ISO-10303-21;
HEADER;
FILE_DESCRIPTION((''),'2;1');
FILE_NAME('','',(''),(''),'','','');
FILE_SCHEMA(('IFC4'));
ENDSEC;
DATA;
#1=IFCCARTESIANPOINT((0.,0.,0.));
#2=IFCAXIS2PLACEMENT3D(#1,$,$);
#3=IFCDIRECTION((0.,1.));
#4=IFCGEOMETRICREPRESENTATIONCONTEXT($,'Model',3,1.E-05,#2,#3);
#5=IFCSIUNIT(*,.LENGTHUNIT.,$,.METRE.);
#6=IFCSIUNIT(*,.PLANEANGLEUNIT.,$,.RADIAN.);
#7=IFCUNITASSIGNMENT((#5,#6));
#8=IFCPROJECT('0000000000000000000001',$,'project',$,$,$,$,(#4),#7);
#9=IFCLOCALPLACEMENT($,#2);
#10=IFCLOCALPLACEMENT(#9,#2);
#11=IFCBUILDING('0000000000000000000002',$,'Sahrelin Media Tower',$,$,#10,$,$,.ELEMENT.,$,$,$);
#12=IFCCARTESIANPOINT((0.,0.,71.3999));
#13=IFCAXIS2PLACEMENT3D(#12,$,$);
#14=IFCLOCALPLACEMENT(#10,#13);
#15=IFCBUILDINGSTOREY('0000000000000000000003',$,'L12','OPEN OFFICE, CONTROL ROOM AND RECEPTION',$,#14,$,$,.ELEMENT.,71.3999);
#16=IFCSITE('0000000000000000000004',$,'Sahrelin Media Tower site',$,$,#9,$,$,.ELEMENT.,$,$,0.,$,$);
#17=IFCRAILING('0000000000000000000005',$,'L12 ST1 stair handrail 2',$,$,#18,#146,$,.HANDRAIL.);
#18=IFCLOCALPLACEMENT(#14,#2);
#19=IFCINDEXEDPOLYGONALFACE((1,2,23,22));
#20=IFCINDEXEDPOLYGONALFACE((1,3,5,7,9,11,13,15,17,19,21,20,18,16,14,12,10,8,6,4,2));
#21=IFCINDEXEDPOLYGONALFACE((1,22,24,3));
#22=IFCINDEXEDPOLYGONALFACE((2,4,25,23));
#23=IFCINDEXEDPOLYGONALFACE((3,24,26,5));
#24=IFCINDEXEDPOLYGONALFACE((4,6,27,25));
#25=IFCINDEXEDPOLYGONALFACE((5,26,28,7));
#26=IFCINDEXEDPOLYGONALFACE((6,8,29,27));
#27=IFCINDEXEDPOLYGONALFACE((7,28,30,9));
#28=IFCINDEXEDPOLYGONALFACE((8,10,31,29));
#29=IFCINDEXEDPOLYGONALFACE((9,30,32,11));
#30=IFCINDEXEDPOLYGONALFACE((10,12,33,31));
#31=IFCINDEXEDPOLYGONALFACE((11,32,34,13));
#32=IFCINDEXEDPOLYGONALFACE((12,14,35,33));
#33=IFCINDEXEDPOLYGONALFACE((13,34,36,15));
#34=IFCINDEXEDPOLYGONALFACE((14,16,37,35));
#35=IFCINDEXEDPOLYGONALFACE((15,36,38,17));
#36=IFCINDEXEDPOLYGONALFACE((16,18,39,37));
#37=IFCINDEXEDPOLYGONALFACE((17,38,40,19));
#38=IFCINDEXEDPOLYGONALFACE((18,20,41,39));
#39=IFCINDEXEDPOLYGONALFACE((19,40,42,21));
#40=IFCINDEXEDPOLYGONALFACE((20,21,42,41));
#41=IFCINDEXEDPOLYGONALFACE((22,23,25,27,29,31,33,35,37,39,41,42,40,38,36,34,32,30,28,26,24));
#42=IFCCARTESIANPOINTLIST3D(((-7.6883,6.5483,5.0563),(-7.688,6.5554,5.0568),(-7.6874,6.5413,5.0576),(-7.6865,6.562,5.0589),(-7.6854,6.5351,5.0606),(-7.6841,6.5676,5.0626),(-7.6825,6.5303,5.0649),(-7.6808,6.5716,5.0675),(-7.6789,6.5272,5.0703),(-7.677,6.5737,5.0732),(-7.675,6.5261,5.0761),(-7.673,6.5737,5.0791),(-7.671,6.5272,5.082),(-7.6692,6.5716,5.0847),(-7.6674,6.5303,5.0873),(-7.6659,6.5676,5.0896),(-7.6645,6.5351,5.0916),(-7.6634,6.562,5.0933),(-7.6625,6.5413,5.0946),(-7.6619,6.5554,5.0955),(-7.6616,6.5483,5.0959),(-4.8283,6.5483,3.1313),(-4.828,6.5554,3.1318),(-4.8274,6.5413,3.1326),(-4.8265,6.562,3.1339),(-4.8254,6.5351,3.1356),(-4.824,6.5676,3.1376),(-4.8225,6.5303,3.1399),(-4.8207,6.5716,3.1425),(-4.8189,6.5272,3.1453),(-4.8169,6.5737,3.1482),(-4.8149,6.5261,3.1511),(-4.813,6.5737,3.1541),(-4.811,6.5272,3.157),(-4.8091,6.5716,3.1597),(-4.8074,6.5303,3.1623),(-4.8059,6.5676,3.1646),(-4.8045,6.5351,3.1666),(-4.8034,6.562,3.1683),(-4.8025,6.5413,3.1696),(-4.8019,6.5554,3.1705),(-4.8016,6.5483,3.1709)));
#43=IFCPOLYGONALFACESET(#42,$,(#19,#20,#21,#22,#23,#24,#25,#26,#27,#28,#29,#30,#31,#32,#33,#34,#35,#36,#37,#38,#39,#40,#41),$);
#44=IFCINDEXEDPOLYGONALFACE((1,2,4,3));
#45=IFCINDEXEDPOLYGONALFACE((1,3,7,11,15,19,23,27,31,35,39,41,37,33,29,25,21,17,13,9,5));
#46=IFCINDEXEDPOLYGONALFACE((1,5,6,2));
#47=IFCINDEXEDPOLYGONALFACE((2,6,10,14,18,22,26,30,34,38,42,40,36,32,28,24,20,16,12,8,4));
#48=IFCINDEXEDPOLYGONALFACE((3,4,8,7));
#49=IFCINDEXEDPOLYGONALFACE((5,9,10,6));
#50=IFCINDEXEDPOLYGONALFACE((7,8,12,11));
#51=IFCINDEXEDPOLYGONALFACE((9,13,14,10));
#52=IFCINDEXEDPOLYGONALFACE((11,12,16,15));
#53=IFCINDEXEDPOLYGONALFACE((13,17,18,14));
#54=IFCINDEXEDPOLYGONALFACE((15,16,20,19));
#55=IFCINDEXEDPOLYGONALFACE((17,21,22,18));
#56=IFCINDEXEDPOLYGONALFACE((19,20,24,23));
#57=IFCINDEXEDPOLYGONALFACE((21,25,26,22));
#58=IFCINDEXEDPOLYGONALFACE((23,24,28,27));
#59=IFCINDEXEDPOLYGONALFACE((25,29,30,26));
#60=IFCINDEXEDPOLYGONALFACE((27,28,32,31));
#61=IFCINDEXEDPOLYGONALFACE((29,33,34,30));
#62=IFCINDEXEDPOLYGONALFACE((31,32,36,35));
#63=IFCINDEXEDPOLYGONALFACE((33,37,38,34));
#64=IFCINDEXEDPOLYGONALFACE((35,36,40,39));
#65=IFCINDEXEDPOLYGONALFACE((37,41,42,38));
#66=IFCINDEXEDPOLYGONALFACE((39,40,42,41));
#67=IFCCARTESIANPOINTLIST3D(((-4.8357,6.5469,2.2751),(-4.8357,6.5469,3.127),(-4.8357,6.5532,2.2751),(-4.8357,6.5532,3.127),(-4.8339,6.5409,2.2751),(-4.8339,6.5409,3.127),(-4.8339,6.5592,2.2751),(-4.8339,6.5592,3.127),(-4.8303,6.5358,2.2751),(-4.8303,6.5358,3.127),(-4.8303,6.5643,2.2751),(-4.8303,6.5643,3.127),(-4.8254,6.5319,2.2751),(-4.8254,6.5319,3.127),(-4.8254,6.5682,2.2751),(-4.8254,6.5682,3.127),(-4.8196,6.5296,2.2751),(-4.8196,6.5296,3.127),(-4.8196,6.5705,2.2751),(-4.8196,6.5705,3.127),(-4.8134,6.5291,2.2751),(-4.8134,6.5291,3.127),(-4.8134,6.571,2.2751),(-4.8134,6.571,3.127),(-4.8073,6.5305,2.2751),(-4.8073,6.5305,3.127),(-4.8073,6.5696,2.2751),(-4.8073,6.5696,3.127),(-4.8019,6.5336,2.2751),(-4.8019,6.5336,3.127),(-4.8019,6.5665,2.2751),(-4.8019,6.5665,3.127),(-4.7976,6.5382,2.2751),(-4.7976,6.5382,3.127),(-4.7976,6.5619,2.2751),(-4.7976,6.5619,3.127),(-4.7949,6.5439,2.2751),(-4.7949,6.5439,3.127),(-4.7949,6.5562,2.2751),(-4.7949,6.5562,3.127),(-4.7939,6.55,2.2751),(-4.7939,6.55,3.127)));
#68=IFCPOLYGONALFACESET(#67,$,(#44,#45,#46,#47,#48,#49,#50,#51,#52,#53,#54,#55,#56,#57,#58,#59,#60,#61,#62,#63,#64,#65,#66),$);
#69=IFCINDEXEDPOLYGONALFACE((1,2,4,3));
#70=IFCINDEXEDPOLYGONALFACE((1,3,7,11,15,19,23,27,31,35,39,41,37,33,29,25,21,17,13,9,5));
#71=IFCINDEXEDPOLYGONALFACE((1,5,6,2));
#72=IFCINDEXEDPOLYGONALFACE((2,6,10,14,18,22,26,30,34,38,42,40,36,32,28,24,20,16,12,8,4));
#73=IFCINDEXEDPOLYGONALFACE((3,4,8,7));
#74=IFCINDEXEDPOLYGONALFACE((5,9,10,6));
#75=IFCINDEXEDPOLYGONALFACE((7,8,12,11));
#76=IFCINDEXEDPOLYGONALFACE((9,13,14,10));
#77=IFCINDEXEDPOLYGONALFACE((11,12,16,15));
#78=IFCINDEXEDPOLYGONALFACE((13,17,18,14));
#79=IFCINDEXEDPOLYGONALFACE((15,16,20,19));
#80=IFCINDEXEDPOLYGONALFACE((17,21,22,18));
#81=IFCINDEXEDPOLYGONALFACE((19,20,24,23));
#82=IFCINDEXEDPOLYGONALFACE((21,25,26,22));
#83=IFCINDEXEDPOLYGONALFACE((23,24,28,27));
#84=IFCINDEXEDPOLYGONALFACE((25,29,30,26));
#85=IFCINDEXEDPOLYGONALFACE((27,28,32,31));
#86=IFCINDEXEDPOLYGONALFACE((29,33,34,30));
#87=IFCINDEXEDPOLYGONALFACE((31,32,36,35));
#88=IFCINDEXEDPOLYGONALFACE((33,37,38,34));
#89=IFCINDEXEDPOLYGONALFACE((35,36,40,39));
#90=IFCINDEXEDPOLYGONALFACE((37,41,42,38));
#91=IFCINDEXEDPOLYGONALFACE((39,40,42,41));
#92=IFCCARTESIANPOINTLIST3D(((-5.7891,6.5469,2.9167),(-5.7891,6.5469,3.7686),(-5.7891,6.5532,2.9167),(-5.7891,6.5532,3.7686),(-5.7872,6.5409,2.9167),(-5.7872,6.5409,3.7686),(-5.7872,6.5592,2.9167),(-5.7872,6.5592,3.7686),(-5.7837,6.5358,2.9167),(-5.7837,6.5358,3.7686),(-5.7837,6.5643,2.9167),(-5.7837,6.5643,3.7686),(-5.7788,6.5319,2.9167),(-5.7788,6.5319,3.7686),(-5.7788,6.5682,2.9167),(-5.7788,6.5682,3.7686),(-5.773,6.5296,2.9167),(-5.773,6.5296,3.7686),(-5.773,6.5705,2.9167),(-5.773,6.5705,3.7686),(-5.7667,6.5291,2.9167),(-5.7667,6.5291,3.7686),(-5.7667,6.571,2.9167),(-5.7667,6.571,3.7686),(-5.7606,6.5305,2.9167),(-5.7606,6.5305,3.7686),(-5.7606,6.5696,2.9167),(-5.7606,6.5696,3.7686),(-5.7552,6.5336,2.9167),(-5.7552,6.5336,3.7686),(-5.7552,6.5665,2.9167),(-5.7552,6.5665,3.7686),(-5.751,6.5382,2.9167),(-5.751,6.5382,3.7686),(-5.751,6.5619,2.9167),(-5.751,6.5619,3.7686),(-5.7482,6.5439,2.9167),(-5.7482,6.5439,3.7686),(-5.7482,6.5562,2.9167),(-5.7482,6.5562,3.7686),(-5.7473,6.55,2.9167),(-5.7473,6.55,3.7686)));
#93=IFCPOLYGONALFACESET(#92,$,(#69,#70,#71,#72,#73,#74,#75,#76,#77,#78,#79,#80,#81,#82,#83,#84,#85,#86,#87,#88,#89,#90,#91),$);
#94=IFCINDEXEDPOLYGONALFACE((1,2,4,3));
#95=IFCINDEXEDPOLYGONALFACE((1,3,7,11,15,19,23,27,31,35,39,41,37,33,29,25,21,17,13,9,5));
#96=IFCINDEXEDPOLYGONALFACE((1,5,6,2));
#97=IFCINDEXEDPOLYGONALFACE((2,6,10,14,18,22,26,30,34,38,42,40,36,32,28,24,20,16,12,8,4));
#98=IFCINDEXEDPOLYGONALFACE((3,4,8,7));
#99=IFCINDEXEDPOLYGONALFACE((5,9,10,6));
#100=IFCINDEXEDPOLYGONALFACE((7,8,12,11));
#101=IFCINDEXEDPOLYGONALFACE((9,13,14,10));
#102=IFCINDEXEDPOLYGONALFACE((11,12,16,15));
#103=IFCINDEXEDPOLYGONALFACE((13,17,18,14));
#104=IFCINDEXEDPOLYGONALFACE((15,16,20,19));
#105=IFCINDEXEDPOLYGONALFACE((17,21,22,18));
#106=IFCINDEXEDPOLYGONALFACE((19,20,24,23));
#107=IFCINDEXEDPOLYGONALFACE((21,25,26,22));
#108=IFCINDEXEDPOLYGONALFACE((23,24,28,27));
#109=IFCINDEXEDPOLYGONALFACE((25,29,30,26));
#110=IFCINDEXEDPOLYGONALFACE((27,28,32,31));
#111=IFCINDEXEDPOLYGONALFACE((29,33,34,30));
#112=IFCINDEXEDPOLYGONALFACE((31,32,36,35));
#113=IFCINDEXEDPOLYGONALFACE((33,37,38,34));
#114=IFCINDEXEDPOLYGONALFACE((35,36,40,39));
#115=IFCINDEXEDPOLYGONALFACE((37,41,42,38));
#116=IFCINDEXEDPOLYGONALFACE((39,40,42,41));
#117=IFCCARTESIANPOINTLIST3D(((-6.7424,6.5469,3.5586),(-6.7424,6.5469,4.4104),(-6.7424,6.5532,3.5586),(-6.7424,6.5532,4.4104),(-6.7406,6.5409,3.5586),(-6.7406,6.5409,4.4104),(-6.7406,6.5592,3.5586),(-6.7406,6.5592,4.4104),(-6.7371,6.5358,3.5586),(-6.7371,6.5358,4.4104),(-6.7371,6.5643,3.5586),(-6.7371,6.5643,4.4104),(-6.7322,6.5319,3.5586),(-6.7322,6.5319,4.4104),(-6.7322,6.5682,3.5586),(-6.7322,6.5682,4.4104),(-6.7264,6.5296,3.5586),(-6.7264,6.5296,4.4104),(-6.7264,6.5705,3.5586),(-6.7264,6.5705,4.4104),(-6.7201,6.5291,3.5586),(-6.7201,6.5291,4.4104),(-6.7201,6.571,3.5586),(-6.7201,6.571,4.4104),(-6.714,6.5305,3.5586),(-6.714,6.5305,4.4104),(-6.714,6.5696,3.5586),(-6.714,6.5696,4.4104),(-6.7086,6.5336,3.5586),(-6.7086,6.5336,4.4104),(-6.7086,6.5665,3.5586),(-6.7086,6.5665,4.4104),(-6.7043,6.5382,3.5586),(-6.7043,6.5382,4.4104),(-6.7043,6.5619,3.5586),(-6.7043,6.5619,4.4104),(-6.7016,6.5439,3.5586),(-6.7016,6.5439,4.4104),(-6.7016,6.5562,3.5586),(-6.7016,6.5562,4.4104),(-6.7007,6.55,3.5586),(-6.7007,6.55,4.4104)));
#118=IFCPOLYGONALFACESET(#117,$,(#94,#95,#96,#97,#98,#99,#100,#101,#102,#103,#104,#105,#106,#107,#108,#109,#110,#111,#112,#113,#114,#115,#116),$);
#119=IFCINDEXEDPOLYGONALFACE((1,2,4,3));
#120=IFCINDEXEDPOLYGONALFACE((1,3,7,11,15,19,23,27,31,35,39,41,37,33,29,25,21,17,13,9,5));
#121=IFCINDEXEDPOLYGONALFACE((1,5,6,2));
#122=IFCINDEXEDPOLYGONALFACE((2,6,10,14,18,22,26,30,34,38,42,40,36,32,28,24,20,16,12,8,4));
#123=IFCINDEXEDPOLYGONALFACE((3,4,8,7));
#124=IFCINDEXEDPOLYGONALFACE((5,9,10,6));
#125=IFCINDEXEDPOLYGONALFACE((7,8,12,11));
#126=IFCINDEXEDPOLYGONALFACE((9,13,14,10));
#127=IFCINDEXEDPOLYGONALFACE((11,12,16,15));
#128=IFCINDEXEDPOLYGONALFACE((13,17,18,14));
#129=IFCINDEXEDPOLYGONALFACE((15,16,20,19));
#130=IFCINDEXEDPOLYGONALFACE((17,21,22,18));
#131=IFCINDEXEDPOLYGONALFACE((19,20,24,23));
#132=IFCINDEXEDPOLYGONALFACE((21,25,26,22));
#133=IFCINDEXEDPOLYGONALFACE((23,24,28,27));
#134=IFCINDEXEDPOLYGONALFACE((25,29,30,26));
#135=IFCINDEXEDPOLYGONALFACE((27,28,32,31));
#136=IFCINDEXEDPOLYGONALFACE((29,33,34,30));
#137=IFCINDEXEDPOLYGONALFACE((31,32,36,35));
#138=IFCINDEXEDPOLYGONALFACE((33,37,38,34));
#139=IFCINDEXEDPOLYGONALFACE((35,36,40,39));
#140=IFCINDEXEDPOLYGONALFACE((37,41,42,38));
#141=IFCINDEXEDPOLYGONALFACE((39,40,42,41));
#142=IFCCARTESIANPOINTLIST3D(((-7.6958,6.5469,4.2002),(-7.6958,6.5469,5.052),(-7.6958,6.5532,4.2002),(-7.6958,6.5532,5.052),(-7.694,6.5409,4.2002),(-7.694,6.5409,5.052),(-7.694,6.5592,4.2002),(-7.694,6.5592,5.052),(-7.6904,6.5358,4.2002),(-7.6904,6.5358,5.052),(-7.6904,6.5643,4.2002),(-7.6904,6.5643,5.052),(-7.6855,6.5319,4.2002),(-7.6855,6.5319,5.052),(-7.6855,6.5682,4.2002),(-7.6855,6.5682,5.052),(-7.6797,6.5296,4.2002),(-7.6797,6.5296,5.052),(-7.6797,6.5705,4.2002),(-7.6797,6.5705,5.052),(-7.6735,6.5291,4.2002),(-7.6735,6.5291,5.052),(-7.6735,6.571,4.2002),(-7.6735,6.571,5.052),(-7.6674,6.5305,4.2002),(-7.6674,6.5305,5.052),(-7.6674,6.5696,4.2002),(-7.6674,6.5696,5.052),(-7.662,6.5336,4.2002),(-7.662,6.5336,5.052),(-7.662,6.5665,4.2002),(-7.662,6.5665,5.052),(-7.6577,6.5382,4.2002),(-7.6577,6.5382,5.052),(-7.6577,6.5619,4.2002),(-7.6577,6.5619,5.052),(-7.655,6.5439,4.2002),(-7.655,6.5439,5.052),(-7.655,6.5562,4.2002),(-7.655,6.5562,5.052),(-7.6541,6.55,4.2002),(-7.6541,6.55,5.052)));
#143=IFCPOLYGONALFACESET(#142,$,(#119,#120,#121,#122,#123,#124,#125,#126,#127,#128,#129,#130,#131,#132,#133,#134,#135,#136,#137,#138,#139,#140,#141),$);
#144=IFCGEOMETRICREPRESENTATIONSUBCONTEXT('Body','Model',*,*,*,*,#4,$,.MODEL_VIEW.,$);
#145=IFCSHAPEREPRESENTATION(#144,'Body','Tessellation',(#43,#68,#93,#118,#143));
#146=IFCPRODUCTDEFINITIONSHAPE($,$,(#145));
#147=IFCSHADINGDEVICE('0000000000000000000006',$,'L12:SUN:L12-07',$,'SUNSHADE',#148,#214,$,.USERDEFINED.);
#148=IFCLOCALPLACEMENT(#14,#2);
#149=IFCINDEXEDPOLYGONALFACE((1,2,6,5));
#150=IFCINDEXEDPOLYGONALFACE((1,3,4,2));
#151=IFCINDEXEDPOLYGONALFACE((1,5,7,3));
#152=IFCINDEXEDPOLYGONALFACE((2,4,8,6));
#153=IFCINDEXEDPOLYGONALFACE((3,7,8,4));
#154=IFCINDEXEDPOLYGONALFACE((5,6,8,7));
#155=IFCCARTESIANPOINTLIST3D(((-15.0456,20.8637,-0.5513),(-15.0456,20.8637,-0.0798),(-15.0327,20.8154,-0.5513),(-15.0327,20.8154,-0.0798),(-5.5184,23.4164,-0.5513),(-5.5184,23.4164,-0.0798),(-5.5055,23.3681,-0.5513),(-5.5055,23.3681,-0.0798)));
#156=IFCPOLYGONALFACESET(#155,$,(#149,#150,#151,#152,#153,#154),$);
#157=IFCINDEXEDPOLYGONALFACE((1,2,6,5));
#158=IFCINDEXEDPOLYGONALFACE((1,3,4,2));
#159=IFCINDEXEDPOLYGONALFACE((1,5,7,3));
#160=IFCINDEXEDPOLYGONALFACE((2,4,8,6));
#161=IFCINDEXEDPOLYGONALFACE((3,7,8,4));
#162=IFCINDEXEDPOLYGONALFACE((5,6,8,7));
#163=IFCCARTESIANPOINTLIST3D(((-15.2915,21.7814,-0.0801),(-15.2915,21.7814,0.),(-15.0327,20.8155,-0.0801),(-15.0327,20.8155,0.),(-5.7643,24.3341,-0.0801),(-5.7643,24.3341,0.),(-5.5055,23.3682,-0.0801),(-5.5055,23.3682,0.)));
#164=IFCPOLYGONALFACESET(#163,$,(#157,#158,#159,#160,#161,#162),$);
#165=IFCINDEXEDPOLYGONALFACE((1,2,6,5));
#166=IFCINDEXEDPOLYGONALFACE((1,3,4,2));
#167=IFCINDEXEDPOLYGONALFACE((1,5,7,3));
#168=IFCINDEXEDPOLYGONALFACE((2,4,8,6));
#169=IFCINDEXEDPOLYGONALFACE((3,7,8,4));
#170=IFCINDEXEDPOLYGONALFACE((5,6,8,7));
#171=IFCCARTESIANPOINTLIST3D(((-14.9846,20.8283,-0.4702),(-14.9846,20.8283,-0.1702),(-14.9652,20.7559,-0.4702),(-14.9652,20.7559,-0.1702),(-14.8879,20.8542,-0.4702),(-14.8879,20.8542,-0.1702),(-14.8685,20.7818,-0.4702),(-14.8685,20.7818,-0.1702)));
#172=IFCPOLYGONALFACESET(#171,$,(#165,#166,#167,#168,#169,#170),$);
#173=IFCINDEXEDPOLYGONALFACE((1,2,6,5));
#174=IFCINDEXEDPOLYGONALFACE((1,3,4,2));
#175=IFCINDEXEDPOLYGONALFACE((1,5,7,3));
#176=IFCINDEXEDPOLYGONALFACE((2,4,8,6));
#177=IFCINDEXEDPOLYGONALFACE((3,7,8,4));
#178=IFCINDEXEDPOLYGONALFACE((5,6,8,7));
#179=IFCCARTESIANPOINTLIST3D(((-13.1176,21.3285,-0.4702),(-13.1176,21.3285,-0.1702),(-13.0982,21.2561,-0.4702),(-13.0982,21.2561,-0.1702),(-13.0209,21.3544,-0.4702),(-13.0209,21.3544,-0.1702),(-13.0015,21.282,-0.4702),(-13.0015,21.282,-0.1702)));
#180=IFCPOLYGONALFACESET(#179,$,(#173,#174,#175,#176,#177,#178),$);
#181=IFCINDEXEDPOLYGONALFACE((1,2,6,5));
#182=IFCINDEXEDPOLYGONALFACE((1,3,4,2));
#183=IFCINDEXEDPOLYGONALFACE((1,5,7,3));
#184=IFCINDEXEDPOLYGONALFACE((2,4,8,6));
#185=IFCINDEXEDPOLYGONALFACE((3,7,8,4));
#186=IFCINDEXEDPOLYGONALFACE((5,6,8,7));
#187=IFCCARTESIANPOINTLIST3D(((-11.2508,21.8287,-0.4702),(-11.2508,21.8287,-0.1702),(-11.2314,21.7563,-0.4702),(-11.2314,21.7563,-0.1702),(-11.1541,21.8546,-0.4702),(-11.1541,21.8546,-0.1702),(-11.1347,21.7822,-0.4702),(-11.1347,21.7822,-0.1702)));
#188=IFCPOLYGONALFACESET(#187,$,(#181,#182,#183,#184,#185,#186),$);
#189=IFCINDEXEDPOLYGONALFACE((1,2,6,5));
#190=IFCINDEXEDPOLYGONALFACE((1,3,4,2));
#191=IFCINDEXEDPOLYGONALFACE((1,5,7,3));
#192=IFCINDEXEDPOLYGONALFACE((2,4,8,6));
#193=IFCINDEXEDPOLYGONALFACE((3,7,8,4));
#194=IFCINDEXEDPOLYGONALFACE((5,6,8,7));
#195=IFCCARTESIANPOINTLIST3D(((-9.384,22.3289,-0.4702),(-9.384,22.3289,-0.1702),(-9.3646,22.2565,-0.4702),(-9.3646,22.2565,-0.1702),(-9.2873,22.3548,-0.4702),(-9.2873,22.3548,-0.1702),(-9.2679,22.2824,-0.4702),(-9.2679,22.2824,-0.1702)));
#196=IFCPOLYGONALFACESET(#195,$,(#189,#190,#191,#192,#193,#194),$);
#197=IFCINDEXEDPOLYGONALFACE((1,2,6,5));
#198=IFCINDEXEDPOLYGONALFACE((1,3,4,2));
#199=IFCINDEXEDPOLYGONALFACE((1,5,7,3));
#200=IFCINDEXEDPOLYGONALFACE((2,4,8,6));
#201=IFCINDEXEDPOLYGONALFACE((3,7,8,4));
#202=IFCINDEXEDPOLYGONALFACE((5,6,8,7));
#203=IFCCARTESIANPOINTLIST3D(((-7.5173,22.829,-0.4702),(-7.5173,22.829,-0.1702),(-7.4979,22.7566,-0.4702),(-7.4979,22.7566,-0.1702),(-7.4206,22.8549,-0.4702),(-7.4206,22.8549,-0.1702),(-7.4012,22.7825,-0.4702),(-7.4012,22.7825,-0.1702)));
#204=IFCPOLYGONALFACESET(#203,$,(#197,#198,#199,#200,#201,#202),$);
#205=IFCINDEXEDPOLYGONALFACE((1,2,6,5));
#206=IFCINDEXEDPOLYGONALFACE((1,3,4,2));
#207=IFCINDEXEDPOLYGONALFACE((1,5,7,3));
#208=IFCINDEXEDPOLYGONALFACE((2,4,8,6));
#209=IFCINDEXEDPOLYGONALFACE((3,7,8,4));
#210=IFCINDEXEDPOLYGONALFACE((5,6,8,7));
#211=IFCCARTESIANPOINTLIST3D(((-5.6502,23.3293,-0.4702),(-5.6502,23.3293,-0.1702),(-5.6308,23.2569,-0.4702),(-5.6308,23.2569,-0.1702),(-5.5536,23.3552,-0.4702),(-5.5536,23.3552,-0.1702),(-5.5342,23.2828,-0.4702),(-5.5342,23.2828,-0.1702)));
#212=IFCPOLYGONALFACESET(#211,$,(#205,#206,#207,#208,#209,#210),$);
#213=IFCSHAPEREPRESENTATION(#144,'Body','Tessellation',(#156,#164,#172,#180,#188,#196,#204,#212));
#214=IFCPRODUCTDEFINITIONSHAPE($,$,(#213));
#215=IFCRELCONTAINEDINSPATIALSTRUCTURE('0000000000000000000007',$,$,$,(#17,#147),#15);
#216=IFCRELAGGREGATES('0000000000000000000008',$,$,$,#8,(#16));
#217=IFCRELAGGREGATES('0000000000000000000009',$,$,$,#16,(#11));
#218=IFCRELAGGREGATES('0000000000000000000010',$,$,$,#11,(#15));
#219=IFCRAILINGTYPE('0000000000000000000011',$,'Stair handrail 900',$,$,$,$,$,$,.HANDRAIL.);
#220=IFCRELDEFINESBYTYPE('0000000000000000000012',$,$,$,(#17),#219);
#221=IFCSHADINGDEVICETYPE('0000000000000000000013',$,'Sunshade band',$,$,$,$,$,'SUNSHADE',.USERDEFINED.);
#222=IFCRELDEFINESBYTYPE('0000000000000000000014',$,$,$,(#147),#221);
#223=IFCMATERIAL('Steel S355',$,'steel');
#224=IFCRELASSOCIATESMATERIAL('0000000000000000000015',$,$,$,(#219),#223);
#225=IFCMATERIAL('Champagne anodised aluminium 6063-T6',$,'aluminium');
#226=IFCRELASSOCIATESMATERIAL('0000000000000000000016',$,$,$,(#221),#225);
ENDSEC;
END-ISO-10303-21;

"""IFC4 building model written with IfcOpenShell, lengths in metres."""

from ifc_helpers import new_model, si_unit, direction, frame, origin, origin_2d, place, context, subcontext, project, spatial, rectangle, circle, extrude, material, type_object, element, save


model = new_model("IFC4")

# Units and contexts
model_context = context("Model", 3, precision=1e-05, world=origin(), true_north=direction((0.0, 1.0)))
body_context = subcontext(model_context, "Body", "Model", "MODEL_VIEW")
ifc_project = project(units=[si_unit("LENGTHUNIT", "METRE"), si_unit("PLANEANGLEUNIT", "RADIAN")], contexts=[model_context])

# Site, building, storey
site_placement = place(None, origin())
site = spatial("IfcSite", under=ifc_project, at=site_placement, Name="Sahrelin Media Tower site", CompositionType="ELEMENT", RefElevation=0.0)
building_placement = place(site_placement, origin())
building = spatial("IfcBuilding", under=site, at=building_placement, Name="Sahrelin Media Tower", CompositionType="ELEMENT")
storey_placement = place(building_placement, frame((0.0, 0.0, 71.3999)))
storey = spatial("IfcBuildingStorey", under=building, at=storey_placement, Name="L12", Description="OPEN OFFICE, CONTROL ROOM AND RECEPTION", CompositionType="ELEMENT", Elevation=71.3999)

# Shared definitions
ifc_material_1 = material(Name="Steel S355", Category="steel")

# Shared definitions
ifc_material_2 = material(Name="Champagne anodised aluminium 6063-T6", Category="aluminium")

# Shared definitions
placement = place(storey_placement, frame((-10.2639, 22.0725, 0.0), z_axis=(0.0, 0.0, 1.0), x_axis=(0.965929, 0.258808, 0.0)))

# Railing
railing_type = type_object("IfcRailingType", Name="Stair handrail 900", PredefinedType="HANDRAIL", material=ifc_material_1)
railing_placement = place(storey_placement, frame((-4.8149, 6.55, 2.2751)))
element("IfcRailing", 1, at=railing_placement, inside=storey, type_object=railing_type, Name="L12 ST1 stair handrail 2", PredefinedType="HANDRAIL", context=body_context, shape_type="SweptSolid", body=[
    extrude(circle(Radius=0.0239, at=origin_2d()), frame((0.0, 0.0, 0.876), z_axis=(-0.829591, 0.0, 0.558372), x_axis=(0.0, -1.0, 0.0)), (0.0, 0.0, 1.0), 3.4475),
    extrude(circle(Radius=0.021, at=origin_2d()), origin(), (0.0, 0.0, 1.0), 0.8518),
    extrude(circle(Radius=0.021, at=origin_2d()), frame((-0.9534, 0.0, 0.6416)), (0.0, 0.0, 1.0), 0.8518),
    extrude(circle(Radius=0.021, at=origin_2d()), frame((-1.9067, 0.0, 1.2834)), (0.0, 0.0, 1.0), 0.8518),
    extrude(circle(Radius=0.021, at=origin_2d()), frame((-2.8601, 0.0, 1.925)), (0.0, 0.0, 1.0), 0.8518),
])

# Shading device
shading_device_type_1 = type_object("IfcShadingDeviceType", Name="Sunshade band", ElementType="SUNSHADE", PredefinedType="USERDEFINED", material=ifc_material_2)
element("IfcShadingDevice", 2, at=placement, inside=storey, type_object=shading_device_type_1, Name="L12:SUN:L12-07", ObjectType="SUNSHADE", PredefinedType="USERDEFINED", context=body_context, shape_type="SweptSolid", body=[
    extrude(rectangle(XDim=9.8633, YDim=0.05, at=origin_2d()), frame((0.0, 0.0449, -0.5513)), (0.0, 0.0, 1.0), 0.4714),
    extrude(rectangle(XDim=9.8633, YDim=1.0, at=origin_2d()), frame((0.0, 0.52, -0.0801)), (0.0, 0.0, 1.0), 0.0801),
    extrude(rectangle(XDim=0.1001, YDim=0.075, at=origin_2d()), frame((-4.8318, -0.0176, -0.4702)), (0.0, 0.0, 1.0), 0.3),
    extrude(rectangle(XDim=0.1001, YDim=0.075, at=origin_2d()), frame((-2.8989, -0.0176, -0.4702)), (0.0, 0.0, 1.0), 0.3),
    extrude(rectangle(XDim=0.1001, YDim=0.075, at=origin_2d()), frame((-0.9663, -0.0176, -0.4702)), (0.0, 0.0, 1.0), 0.3),
    extrude(rectangle(XDim=0.1001, YDim=0.075, at=origin_2d()), frame((0.9663, -0.0176, -0.4702)), (0.0, 0.0, 1.0), 0.3),
    extrude(rectangle(XDim=0.1001, YDim=0.075, at=origin_2d()), frame((2.8989, -0.0176, -0.4702)), (0.0, 0.0, 1.0), 0.3),
    extrude(rectangle(XDim=0.1001, YDim=0.075, at=origin_2d()), frame((4.8318, -0.0176, -0.4702)), (0.0, 0.0, 1.0), 0.3),
])

save(model, "model.ifc")
